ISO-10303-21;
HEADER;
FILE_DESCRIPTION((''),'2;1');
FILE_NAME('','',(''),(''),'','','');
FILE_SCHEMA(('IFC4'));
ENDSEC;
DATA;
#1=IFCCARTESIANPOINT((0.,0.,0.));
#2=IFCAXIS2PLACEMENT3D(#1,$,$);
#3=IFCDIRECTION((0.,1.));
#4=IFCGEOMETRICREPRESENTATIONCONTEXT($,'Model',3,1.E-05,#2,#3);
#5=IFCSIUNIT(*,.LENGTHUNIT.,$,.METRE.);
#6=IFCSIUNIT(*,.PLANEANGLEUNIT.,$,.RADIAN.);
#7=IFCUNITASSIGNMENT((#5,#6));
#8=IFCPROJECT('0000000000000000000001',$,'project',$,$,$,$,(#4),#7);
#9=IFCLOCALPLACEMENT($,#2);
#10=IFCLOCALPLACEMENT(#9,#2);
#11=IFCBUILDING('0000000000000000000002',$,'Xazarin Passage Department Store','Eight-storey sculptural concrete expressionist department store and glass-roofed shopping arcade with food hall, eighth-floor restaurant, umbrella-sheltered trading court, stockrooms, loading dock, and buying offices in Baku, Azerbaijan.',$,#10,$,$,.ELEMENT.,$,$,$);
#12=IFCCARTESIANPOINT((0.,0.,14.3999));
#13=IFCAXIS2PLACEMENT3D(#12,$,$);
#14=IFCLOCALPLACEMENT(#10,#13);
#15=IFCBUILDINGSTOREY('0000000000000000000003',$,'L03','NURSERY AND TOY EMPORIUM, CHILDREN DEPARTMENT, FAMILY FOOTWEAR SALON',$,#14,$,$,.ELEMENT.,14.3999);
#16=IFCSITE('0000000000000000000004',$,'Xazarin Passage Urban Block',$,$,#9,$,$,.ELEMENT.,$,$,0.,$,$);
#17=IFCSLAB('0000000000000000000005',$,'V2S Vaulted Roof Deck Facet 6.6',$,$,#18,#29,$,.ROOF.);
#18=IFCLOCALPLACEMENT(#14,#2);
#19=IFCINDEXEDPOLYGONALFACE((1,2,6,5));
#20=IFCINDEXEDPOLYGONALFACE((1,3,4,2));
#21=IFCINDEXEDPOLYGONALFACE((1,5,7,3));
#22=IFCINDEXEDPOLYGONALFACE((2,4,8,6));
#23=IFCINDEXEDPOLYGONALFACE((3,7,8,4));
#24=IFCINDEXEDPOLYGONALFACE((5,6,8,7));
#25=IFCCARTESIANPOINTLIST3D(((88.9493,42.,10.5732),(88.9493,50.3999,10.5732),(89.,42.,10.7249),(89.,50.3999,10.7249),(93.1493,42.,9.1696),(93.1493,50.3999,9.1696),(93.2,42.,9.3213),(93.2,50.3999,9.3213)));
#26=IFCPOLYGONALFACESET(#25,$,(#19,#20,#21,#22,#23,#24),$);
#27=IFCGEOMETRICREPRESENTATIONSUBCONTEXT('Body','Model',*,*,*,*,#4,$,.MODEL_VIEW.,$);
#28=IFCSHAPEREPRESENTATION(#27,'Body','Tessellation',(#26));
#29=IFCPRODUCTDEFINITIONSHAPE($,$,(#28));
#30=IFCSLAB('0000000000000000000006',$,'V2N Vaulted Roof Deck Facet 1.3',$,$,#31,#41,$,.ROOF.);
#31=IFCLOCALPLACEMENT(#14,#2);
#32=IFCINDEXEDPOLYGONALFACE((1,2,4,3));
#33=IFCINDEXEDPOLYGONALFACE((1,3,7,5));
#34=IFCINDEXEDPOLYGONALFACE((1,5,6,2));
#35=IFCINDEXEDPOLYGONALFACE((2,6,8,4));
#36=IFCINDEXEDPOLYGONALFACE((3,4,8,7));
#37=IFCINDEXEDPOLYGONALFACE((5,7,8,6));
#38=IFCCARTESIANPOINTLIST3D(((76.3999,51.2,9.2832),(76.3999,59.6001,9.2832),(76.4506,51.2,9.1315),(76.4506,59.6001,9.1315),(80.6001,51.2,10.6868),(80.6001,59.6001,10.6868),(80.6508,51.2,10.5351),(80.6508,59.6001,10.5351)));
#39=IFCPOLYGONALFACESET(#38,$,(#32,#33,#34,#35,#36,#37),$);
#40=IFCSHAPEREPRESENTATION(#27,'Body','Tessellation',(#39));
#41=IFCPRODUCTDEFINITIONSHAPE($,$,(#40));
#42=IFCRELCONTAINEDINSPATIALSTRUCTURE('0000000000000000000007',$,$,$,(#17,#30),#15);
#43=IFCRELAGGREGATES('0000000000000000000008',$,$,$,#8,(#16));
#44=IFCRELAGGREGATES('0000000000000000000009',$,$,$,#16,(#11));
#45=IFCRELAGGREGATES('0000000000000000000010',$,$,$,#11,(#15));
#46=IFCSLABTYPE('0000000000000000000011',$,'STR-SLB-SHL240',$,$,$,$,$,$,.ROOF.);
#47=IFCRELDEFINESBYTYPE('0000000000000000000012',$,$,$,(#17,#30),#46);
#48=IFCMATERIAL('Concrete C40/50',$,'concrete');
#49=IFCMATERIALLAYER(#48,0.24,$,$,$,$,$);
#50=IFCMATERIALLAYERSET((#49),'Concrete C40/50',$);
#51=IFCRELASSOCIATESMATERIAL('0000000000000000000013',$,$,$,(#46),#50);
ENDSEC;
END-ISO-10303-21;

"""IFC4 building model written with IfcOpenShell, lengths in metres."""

from ifc_helpers import new_model, si_unit, direction, frame, origin, place, context, subcontext, project, spatial, polyline, outline, extrude, material, layer, layer_set, type_object, element, save


model = new_model("IFC4")

# Units and contexts
model_context = context("Model", 3, precision=1e-05, world=origin(), true_north=direction((0.0, 1.0)))
body_context = subcontext(model_context, "Body", "Model", "MODEL_VIEW")
ifc_project = project(units=[si_unit("LENGTHUNIT", "METRE"), si_unit("PLANEANGLEUNIT", "RADIAN")], contexts=[model_context])

# Site, building, storey
site_placement = place(None, origin())
site = spatial("IfcSite", under=ifc_project, at=site_placement, Name="Xazarin Passage Urban Block", CompositionType="ELEMENT", RefElevation=0.0)
building_placement = place(site_placement, origin())
building = spatial("IfcBuilding", under=site, at=building_placement, Name="Xazarin Passage Department Store", Description="Eight-storey sculptural concrete expressionist department store and glass-roofed shopping arcade with food hall, eighth-floor restaurant, umbrella-sheltered trading court, stockrooms, loading dock, and buying offices in Baku, Azerbaijan.", CompositionType="ELEMENT")
storey_placement = place(building_placement, frame((0.0, 0.0, 14.3999)))
storey = spatial("IfcBuildingStorey", under=building, at=storey_placement, Name="L03", Description="NURSERY AND TOY EMPORIUM, CHILDREN DEPARTMENT, FAMILY FOOTWEAR SALON", CompositionType="ELEMENT", Elevation=14.3999)

# Slabs
ifc_material_1 = material(Name="Concrete C40/50", Category="concrete")
ifc_layer_1 = layer(ifc_material_1, 0.24)
ifc_layer_set_1 = layer_set([ifc_layer_1], Name="Concrete C40/50")
slab_type = type_object("IfcSlabType", Name="STR-SLB-SHL240", PredefinedType="ROOF", material=ifc_layer_set_1)
slab_1_placement = place(storey_placement, frame((89.0, 42.0, 10.7249), z_axis=(0.316955, 0.0, 0.94844), x_axis=(0.94844, 0.0, -0.316955)))
element("IfcSlab", 1, at=slab_1_placement, inside=storey, type_object=slab_type, Name="V2S Vaulted Roof Deck Facet 6.6", PredefinedType="ROOF", context=body_context, shape_type="SweptSolid", body=[
    extrude(outline(polyline([(0.0, 0.0), (4.4283, 0.0), (4.4283, 8.3999), (0.0, 8.3999), (0.0, 0.0)])), origin(), (0.0, 0.0, -1.0), 0.1599),
])
slab_2_placement = place(storey_placement, frame((76.3999, 51.2, 9.2832), z_axis=(-0.316939, 0.0, 0.948446), x_axis=(0.948446, 0.0, 0.316939)))
element("IfcSlab", 2, at=slab_2_placement, inside=storey, type_object=slab_type, Name="V2N Vaulted Roof Deck Facet 1.3", PredefinedType="ROOF", context=body_context, shape_type="SweptSolid", body=[
    extrude(outline(polyline([(0.0, 0.0), (4.4285, 0.0), (4.4285, 8.4001), (0.0, 8.4001), (0.0, 0.0)])), origin(), (0.0, 0.0, -1.0), 0.1599),
])

save(model, "model.ifc")
